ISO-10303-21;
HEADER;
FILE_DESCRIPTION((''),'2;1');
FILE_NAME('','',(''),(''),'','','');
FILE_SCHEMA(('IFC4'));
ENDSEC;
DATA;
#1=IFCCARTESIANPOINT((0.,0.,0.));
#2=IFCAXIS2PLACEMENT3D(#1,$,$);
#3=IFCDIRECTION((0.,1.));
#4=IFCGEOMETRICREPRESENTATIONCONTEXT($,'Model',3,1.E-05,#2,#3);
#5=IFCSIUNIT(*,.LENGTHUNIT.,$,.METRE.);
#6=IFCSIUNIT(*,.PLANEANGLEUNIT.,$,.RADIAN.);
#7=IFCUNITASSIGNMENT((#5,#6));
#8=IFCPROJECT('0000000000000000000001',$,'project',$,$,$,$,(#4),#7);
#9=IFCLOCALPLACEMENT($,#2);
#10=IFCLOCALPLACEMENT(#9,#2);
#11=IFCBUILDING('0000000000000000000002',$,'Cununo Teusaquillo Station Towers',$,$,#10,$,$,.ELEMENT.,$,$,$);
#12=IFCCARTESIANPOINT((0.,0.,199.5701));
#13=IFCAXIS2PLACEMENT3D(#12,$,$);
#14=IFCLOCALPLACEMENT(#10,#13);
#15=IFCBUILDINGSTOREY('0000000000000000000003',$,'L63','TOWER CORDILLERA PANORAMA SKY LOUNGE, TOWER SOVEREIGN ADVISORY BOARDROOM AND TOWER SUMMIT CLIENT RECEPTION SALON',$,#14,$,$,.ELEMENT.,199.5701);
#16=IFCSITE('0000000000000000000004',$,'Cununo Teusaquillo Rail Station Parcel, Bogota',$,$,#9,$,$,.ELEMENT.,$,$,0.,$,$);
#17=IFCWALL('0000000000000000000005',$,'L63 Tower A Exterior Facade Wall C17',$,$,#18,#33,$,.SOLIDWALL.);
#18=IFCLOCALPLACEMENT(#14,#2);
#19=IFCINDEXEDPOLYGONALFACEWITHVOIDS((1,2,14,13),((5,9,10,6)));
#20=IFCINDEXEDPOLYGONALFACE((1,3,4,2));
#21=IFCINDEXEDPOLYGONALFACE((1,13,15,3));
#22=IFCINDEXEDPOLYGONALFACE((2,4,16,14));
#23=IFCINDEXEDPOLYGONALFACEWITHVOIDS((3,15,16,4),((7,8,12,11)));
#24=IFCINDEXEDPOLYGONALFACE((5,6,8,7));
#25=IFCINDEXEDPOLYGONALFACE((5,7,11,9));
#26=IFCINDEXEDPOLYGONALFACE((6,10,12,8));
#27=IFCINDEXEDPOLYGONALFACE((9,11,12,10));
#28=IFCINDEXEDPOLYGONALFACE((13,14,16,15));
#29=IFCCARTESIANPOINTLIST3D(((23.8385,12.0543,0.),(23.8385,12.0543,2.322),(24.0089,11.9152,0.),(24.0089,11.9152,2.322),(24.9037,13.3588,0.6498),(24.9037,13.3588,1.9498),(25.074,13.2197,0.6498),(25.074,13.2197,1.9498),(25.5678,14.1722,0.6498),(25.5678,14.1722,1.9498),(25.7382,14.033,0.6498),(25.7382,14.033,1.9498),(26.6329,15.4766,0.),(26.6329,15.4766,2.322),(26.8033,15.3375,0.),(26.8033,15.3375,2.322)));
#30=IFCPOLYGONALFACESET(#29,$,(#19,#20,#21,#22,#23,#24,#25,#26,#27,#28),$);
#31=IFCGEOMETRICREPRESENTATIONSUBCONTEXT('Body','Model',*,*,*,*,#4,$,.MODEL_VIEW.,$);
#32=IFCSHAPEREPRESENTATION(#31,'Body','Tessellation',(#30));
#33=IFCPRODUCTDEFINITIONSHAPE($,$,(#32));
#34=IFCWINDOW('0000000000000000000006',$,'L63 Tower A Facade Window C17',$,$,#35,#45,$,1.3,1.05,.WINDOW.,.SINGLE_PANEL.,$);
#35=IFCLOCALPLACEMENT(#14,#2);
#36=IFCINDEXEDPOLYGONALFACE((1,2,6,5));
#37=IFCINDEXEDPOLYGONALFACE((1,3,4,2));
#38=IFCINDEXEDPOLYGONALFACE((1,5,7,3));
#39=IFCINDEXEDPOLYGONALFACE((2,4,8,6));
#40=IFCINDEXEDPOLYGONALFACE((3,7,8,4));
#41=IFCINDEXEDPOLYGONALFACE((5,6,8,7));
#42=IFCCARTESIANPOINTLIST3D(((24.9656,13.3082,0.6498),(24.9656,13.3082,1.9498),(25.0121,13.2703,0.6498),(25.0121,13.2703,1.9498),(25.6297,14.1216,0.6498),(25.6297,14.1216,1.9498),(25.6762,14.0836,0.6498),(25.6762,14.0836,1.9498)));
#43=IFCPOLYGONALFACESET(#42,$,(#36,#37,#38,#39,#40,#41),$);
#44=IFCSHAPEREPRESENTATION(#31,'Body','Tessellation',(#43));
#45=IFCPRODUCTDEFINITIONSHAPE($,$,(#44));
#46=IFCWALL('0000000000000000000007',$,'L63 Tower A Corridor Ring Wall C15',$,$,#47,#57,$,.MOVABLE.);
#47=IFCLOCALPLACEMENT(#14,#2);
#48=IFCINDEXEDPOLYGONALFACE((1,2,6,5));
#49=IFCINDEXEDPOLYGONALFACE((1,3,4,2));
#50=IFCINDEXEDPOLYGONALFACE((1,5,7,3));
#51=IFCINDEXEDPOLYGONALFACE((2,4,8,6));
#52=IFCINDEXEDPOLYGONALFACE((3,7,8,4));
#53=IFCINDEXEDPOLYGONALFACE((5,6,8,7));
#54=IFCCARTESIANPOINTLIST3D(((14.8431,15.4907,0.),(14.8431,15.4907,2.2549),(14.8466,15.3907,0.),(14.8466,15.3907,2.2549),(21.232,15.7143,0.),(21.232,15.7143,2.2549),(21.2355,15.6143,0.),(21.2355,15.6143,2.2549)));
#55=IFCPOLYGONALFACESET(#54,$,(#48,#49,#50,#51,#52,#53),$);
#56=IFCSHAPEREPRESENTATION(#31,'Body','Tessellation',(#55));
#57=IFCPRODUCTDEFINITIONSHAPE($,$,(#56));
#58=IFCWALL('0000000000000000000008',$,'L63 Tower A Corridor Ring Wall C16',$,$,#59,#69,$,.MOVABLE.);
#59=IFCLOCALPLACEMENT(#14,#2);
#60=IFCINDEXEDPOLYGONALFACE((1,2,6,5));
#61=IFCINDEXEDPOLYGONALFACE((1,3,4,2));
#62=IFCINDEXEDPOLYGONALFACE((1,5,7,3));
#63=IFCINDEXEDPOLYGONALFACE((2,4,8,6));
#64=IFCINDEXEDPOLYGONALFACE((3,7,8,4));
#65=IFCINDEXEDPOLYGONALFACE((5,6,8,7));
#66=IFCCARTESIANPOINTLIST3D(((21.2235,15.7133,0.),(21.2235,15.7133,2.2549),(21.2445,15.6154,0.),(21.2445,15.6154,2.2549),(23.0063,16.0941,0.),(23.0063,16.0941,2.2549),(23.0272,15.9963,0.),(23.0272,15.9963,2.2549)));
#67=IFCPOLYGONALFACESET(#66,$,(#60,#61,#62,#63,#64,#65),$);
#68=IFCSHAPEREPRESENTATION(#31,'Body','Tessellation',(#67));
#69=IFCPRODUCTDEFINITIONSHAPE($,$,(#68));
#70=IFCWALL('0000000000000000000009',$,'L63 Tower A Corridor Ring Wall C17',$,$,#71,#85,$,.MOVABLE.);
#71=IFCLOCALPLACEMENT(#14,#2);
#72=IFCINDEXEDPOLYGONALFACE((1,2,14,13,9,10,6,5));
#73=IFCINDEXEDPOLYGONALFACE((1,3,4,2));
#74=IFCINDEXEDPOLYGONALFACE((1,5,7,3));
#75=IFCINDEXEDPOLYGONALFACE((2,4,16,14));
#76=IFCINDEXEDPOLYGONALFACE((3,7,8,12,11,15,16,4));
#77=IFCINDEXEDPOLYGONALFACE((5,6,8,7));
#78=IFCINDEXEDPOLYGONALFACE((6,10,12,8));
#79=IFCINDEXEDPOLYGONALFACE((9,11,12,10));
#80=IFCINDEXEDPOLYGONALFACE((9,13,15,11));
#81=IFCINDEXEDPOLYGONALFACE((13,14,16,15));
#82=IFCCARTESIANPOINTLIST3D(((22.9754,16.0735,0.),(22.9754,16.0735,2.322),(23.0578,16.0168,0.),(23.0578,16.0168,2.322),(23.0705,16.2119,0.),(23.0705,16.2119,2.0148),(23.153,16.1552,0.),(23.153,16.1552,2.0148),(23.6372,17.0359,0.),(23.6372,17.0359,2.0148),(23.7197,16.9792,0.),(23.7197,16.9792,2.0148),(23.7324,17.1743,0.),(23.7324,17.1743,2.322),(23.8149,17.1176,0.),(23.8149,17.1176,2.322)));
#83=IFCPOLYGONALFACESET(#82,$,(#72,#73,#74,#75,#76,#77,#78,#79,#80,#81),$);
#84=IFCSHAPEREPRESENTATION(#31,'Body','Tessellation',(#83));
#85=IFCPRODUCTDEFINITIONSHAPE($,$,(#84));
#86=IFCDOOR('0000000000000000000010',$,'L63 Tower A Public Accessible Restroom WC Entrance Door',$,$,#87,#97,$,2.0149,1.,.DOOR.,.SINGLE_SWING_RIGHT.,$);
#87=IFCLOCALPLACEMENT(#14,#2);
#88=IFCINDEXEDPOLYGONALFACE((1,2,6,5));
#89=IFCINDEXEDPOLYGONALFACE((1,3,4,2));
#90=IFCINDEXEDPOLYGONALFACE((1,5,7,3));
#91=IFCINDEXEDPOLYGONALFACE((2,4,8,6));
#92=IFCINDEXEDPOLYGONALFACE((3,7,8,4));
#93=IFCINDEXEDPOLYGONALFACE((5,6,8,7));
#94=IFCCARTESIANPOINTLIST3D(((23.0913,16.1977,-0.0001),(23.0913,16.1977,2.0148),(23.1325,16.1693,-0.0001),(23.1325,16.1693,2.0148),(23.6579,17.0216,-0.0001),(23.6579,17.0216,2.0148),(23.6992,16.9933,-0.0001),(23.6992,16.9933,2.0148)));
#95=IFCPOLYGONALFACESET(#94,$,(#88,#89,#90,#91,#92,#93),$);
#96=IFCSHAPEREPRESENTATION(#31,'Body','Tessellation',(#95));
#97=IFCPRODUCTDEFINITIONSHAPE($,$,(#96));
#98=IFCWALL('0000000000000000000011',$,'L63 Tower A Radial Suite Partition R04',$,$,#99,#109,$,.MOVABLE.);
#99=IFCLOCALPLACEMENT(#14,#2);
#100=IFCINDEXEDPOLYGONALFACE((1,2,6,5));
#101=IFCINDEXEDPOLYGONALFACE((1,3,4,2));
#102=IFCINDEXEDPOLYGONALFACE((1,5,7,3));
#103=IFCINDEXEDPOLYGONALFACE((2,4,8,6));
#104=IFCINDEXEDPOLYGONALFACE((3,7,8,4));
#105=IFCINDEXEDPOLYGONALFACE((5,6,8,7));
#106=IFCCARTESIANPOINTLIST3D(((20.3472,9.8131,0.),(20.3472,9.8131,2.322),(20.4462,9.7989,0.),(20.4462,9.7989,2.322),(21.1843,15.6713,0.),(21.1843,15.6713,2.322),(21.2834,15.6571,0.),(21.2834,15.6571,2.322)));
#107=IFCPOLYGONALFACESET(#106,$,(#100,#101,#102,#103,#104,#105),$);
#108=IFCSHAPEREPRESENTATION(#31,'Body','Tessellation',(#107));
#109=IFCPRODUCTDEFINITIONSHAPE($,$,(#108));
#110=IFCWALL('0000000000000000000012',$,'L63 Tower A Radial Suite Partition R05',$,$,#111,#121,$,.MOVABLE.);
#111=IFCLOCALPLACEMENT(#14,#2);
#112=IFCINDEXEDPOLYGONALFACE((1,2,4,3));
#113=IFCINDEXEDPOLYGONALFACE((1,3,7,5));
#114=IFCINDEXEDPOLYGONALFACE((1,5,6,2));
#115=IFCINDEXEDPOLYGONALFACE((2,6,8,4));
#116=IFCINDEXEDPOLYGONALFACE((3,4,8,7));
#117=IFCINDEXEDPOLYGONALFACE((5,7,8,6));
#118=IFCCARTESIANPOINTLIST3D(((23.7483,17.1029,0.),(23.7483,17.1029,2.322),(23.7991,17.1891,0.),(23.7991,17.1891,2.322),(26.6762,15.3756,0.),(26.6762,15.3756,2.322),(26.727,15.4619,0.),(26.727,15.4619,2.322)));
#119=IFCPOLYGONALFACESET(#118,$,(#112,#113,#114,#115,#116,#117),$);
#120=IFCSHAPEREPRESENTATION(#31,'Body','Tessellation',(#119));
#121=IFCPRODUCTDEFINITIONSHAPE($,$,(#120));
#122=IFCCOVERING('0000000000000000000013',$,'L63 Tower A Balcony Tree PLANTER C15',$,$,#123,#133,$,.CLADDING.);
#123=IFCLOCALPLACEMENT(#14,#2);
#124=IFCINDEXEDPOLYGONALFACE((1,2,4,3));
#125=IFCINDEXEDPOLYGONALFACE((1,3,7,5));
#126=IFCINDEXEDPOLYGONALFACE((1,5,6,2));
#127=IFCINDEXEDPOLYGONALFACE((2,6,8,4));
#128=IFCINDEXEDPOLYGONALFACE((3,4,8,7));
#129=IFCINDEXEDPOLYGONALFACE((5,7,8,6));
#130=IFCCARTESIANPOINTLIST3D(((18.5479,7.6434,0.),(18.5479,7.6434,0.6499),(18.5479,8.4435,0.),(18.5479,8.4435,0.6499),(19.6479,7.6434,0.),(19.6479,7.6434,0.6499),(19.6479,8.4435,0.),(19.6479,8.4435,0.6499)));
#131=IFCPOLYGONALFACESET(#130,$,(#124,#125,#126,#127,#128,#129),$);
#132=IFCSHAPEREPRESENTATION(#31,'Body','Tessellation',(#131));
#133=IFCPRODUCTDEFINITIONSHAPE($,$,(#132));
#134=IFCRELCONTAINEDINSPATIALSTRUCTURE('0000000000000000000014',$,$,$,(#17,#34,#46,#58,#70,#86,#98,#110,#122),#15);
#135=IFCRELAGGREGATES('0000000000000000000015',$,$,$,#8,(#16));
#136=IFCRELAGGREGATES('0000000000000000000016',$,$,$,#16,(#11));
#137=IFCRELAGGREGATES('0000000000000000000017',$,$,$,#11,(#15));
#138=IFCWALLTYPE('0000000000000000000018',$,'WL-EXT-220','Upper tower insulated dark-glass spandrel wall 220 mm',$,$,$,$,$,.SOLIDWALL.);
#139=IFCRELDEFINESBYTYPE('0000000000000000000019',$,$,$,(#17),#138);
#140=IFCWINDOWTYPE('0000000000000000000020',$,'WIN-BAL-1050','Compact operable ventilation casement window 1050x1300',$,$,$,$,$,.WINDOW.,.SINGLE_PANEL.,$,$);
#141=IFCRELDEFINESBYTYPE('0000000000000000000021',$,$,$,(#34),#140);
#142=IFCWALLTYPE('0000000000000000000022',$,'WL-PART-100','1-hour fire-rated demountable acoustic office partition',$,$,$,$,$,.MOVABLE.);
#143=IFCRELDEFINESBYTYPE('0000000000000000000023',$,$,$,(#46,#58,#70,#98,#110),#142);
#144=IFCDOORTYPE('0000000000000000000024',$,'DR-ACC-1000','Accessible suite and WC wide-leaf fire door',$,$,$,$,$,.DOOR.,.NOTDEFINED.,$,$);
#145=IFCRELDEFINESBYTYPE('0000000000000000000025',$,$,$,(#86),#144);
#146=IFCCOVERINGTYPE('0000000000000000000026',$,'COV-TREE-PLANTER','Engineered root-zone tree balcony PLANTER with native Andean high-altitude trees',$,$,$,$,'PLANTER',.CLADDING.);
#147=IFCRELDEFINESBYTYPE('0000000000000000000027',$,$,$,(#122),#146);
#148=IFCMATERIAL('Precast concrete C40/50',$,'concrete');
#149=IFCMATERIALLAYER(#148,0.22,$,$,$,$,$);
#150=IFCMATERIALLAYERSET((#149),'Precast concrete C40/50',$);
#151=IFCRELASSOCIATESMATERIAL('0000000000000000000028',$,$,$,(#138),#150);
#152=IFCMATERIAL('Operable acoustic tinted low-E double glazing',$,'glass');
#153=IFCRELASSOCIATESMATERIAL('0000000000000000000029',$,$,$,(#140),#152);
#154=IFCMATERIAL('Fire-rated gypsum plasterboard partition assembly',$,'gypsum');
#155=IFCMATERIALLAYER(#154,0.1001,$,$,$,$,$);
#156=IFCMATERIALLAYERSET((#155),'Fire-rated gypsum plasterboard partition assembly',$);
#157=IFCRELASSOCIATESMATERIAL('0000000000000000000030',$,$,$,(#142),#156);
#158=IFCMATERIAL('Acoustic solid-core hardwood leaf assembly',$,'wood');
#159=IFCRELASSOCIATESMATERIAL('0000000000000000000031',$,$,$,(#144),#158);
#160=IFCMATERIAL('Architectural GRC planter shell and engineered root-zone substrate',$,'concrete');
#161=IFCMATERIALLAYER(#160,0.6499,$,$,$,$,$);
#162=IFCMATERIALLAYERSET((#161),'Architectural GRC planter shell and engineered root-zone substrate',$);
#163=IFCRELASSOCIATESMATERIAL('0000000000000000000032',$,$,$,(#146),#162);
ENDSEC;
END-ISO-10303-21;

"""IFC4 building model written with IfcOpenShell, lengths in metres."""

from ifc_helpers import new_model, si_unit, direction, frame, frame_2d, origin, origin_2d, place, context, subcontext, project, spatial, rectangle, extrude, source, transform, mapped, material, layer, layer_set, type_object, element, fill, save


model = new_model("IFC4")

# Units and contexts
model_context = context("Model", 3, precision=1e-05, world=origin(), true_north=direction((0.0, 1.0)))
body_context = subcontext(model_context, "Body", "Model", "MODEL_VIEW")
ifc_project = project(units=[si_unit("LENGTHUNIT", "METRE"), si_unit("PLANEANGLEUNIT", "RADIAN")], contexts=[model_context])

# Site, building, storey
site_placement = place(None, origin())
site = spatial("IfcSite", under=ifc_project, at=site_placement, Name="Cununo Teusaquillo Rail Station Parcel, Bogota", CompositionType="ELEMENT", RefElevation=0.0)
building_placement = place(site_placement, origin())
building = spatial("IfcBuilding", under=site, at=building_placement, Name="Cununo Teusaquillo Station Towers", CompositionType="ELEMENT")
storey_placement = place(building_placement, frame((0.0, 0.0, 199.5701)))
storey = spatial("IfcBuildingStorey", under=building, at=storey_placement, Name="L63", Description="TOWER CORDILLERA PANORAMA SKY LOUNGE, TOWER SOVEREIGN ADVISORY BOARDROOM AND TOWER SUMMIT CLIENT RECEPTION SALON", CompositionType="ELEMENT", Elevation=199.5701)

# Shared definitions
ifc_material_1 = material(Name="Precast concrete C40/50", Category="concrete")
ifc_layer_1 = layer(ifc_material_1, 0.22)
ifc_layer_set_1 = layer_set([ifc_layer_1], Name="Precast concrete C40/50")
wall_type_1 = type_object("IfcWallType", Name="WL-EXT-220", Description="Upper tower insulated dark-glass spandrel wall 220 mm", PredefinedType="SOLIDWALL", material=ifc_layer_set_1)
shared_shape_1 = source(origin(), body_context, "Body", "SweptSolid", [
    extrude(rectangle(XDim=1.05, YDim=1.3, at=frame_2d((0.5249, 0.6499))), frame((0.0, 0.1199, 0.0), z_axis=(0.0, -1.0, 0.0), x_axis=(1.0, 0.0, 0.0)), (0.0, 0.0, 1.0), 0.24),
])
ifc_material_2 = material(Name="Operable acoustic tinted low-E double glazing", Category="glass")
window_type = type_object("IfcWindowType", Name="WIN-BAL-1050", Description="Compact operable ventilation casement window 1050x1300", PartitioningType="SINGLE_PANEL", PredefinedType="WINDOW", material=ifc_material_2)
shared_shape_2 = source(origin(), body_context, "Body", "SweptSolid", [
    extrude(rectangle(XDim=1.05, YDim=1.3, at=frame_2d((0.5249, 0.6499))), frame((0.0, 0.03, 0.0), z_axis=(0.0, -1.0, 0.0), x_axis=(1.0, 0.0, 0.0)), (0.0, 0.0, 1.0), 0.0601),
])

# Wall, opening, window
wall_1_placement = place(storey_placement, frame((26.718, 15.407, 0.0), z_axis=(0.0, 0.0, 1.0), x_axis=(-0.632467, -0.774587, 0.0)))
wall_1 = element("IfcWall", 1, at=wall_1_placement, inside=storey, type_object=wall_type_1, Name="L63 Tower A Exterior Facade Wall C17", PredefinedType="SOLIDWALL", context=body_context, shape_type="SweptSolid", body=[
    extrude(rectangle(XDim=4.4182, YDim=0.22, at=frame_2d((2.209, 0.0))), origin(), (0.0, 0.0, 1.0), 2.322),
])
opening_1_placement = place(wall_1_placement, frame((1.6841, 0.0, 0.6499)))
opening_1 = element("IfcOpeningElement", 2, at=opening_1_placement, cuts=wall_1, PredefinedType="OPENING", context=body_context, shape_type="MappedRepresentation", body=[
    mapped(shared_shape_1, transform((0.0, 0.0, 0.0), x_axis=(1.0, 0.0, 0.0), y_axis=(0.0, 1.0, 0.0), z_axis=(0.0, 0.0, 1.0), scale=1.0)),
])
window_1_placement = place(opening_1_placement, origin())
window_1 = element("IfcWindow", 3, at=window_1_placement, inside=storey, type_object=window_type, Name="L63 Tower A Facade Window C17", OverallHeight=1.3, OverallWidth=1.05, PartitioningType="SINGLE_PANEL", PredefinedType="WINDOW", context=body_context, shape_type="MappedRepresentation", body=[
    mapped(shared_shape_2, transform((0.0, 0.0, 0.0), x_axis=(1.0, 0.0, 0.0), y_axis=(0.0, 1.0, 0.0), z_axis=(0.0, 0.0, 1.0), scale=1.0)),
])
fill(opening_1, window_1)

# Walls
ifc_material_3 = material(Name="Fire-rated gypsum plasterboard partition assembly", Category="gypsum")
ifc_layer_2 = layer(ifc_material_3, 0.1001)
ifc_layer_set_2 = layer_set([ifc_layer_2], Name="Fire-rated gypsum plasterboard partition assembly")
wall_type_2 = type_object("IfcWallType", Name="WL-PART-100", Description="1-hour fire-rated demountable acoustic office partition", PredefinedType="MOVABLE", material=ifc_layer_set_2)
wall_2_placement = place(storey_placement, frame((14.845, 15.4407, 0.0), z_axis=(0.0, 0.0, 1.0), x_axis=(0.999388, 0.034982, 0.0)))
element("IfcWall", 4, at=wall_2_placement, inside=storey, type_object=wall_type_2, Name="L63 Tower A Corridor Ring Wall C15", PredefinedType="MOVABLE", context=body_context, shape_type="SweptSolid", body=[
    extrude(rectangle(XDim=6.3928, YDim=0.1001, at=frame_2d((3.1963, 0.0))), origin(), (0.0, 0.0, 1.0), 2.2549),
])
wall_3_placement = place(storey_placement, frame((21.2339, 15.6643, 0.0), z_axis=(0.0, 0.0, 1.0), x_axis=(0.977932, 0.208925, 0.0)))
element("IfcWall", 5, at=wall_3_placement, inside=storey, type_object=wall_type_2, Name="L63 Tower A Corridor Ring Wall C16", PredefinedType="MOVABLE", context=body_context, shape_type="SweptSolid", body=[
    extrude(rectangle(XDim=1.823, YDim=0.1001, at=frame_2d((0.9116, 0.0))), origin(), (0.0, 0.0, 1.0), 2.2549),
])

# Wall, opening, door
wall_4_placement = place(storey_placement, frame((23.0166, 16.0452, 0.0), z_axis=(0.0, 0.0, 1.0), x_axis=(0.566661, 0.823951, 0.0)))
wall_4 = element("IfcWall", 6, at=wall_4_placement, inside=storey, type_object=wall_type_2, Name="L63 Tower A Corridor Ring Wall C17", PredefinedType="MOVABLE", context=body_context, shape_type="SweptSolid", body=[
    extrude(rectangle(XDim=1.3359, YDim=0.1001, at=frame_2d((0.668, 0.0))), origin(), (0.0, 0.0, 1.0), 2.322),
])
shared_shape_3 = source(origin(), body_context, "Body", "SweptSolid", [
    extrude(rectangle(XDim=1.0, YDim=2.0149, at=frame_2d((0.5, 1.0073))), frame((0.0, 0.0601, 0.0), z_axis=(0.0, -1.0, 0.0), x_axis=(1.0, 0.0, 0.0)), (0.0, 0.0, 1.0), 0.1201),
])
opening_2_placement = place(wall_4_placement, frame((0.168, 0.0, 0.0)))
opening_2 = element("IfcOpeningElement", 7, at=opening_2_placement, cuts=wall_4, PredefinedType="OPENING", context=body_context, shape_type="MappedRepresentation", body=[
    mapped(shared_shape_3, transform((0.0, 0.0, 0.0), x_axis=(1.0, 0.0, 0.0), y_axis=(0.0, 1.0, 0.0), z_axis=(0.0, 0.0, 1.0), scale=1.0)),
])
ifc_material_4 = material(Name="Acoustic solid-core hardwood leaf assembly", Category="wood")
door_type_1 = type_object("IfcDoorType", Name="DR-ACC-1000", Description="Accessible suite and WC wide-leaf fire door", OperationType="NOTDEFINED", PredefinedType="DOOR", material=ifc_material_4)
shared_shape_4 = source(origin(), body_context, "Body", "SweptSolid", [
    extrude(rectangle(XDim=1.0, YDim=2.0149, at=frame_2d((0.5, 1.0073))), frame((0.0, 0.0249, 0.0), z_axis=(0.0, -1.0, 0.0), x_axis=(1.0, 0.0, 0.0)), (0.0, 0.0, 1.0), 0.05),
])
door_1_placement = place(opening_2_placement, origin())
door_1 = element("IfcDoor", 8, at=door_1_placement, inside=storey, type_object=door_type_1, Name="L63 Tower A Public Accessible Restroom WC Entrance Door", OperationType="SINGLE_SWING_RIGHT", OverallHeight=2.0149, OverallWidth=1.0, PredefinedType="DOOR", context=body_context, shape_type="MappedRepresentation", body=[
    mapped(shared_shape_4, transform((0.0, 0.0, 0.0), x_axis=(1.0, 0.0, 0.0), y_axis=(0.0, 1.0, 0.0), z_axis=(0.0, 0.0, 1.0), scale=1.0)),
])
fill(opening_2, door_1)

# Walls
wall_5_placement = place(storey_placement, frame((21.2339, 15.6643, 0.0), z_axis=(0.0, 0.0, 1.0), x_axis=(-0.141468, -0.989943, 0.0)))
element("IfcWall", 9, at=wall_5_placement, inside=storey, type_object=wall_type_2, Name="L63 Tower A Radial Suite Partition R04", PredefinedType="MOVABLE", context=body_context, shape_type="SweptSolid", body=[
    extrude(rectangle(XDim=5.9177, YDim=0.1001, at=frame_2d((2.959, 0.0))), origin(), (0.0, 0.0, 1.0), 2.322),
])
wall_6_placement = place(storey_placement, frame((23.7737, 17.146, 0.0), z_axis=(0.0, 0.0, 1.0), x_axis=(0.861297, -0.508103, 0.0)))
element("IfcWall", 10, at=wall_6_placement, inside=storey, type_object=wall_type_2, Name="L63 Tower A Radial Suite Partition R05", PredefinedType="MOVABLE", context=body_context, shape_type="SweptSolid", body=[
    extrude(rectangle(XDim=3.3994, YDim=0.1001, at=frame_2d((1.6997, 0.0))), origin(), (0.0, 0.0, 1.0), 2.322),
])

# Covering
ifc_material_5 = material(Name="Architectural GRC planter shell and engineered root-zone substrate", Category="concrete")
ifc_layer_3 = layer(ifc_material_5, 0.6499)
ifc_layer_set_3 = layer_set([ifc_layer_3], Name="Architectural GRC planter shell and engineered root-zone substrate")
covering_type = type_object("IfcCoveringType", Name="COV-TREE-PLANTER", Description="Engineered root-zone tree balcony PLANTER with native Andean high-altitude trees", ElementType="PLANTER", PredefinedType="CLADDING", material=ifc_layer_set_3)
shared_shape_5 = source(origin(), body_context, "Body", "SweptSolid", [
    extrude(rectangle(XDim=1.1001, YDim=0.8, at=origin_2d()), origin(), (0.0, 0.0, 1.0), 0.6499),
])
covering_placement = place(storey_placement, frame((19.0979, 8.0435, 0.0), z_axis=(0.0, 0.0, 1.0), x_axis=(1.0, 0.0, 0.0)))
element("IfcCovering", 11, at=covering_placement, inside=storey, type_object=covering_type, Name="L63 Tower A Balcony Tree PLANTER C15", PredefinedType="CLADDING", context=body_context, shape_type="MappedRepresentation", body=[
    mapped(shared_shape_5, transform((0.0, 0.0, 0.0), x_axis=(1.0, 0.0, 0.0), y_axis=(0.0, 1.0, 0.0), z_axis=(0.0, 0.0, 1.0), scale=1.0)),
])

save(model, "model.ifc")
